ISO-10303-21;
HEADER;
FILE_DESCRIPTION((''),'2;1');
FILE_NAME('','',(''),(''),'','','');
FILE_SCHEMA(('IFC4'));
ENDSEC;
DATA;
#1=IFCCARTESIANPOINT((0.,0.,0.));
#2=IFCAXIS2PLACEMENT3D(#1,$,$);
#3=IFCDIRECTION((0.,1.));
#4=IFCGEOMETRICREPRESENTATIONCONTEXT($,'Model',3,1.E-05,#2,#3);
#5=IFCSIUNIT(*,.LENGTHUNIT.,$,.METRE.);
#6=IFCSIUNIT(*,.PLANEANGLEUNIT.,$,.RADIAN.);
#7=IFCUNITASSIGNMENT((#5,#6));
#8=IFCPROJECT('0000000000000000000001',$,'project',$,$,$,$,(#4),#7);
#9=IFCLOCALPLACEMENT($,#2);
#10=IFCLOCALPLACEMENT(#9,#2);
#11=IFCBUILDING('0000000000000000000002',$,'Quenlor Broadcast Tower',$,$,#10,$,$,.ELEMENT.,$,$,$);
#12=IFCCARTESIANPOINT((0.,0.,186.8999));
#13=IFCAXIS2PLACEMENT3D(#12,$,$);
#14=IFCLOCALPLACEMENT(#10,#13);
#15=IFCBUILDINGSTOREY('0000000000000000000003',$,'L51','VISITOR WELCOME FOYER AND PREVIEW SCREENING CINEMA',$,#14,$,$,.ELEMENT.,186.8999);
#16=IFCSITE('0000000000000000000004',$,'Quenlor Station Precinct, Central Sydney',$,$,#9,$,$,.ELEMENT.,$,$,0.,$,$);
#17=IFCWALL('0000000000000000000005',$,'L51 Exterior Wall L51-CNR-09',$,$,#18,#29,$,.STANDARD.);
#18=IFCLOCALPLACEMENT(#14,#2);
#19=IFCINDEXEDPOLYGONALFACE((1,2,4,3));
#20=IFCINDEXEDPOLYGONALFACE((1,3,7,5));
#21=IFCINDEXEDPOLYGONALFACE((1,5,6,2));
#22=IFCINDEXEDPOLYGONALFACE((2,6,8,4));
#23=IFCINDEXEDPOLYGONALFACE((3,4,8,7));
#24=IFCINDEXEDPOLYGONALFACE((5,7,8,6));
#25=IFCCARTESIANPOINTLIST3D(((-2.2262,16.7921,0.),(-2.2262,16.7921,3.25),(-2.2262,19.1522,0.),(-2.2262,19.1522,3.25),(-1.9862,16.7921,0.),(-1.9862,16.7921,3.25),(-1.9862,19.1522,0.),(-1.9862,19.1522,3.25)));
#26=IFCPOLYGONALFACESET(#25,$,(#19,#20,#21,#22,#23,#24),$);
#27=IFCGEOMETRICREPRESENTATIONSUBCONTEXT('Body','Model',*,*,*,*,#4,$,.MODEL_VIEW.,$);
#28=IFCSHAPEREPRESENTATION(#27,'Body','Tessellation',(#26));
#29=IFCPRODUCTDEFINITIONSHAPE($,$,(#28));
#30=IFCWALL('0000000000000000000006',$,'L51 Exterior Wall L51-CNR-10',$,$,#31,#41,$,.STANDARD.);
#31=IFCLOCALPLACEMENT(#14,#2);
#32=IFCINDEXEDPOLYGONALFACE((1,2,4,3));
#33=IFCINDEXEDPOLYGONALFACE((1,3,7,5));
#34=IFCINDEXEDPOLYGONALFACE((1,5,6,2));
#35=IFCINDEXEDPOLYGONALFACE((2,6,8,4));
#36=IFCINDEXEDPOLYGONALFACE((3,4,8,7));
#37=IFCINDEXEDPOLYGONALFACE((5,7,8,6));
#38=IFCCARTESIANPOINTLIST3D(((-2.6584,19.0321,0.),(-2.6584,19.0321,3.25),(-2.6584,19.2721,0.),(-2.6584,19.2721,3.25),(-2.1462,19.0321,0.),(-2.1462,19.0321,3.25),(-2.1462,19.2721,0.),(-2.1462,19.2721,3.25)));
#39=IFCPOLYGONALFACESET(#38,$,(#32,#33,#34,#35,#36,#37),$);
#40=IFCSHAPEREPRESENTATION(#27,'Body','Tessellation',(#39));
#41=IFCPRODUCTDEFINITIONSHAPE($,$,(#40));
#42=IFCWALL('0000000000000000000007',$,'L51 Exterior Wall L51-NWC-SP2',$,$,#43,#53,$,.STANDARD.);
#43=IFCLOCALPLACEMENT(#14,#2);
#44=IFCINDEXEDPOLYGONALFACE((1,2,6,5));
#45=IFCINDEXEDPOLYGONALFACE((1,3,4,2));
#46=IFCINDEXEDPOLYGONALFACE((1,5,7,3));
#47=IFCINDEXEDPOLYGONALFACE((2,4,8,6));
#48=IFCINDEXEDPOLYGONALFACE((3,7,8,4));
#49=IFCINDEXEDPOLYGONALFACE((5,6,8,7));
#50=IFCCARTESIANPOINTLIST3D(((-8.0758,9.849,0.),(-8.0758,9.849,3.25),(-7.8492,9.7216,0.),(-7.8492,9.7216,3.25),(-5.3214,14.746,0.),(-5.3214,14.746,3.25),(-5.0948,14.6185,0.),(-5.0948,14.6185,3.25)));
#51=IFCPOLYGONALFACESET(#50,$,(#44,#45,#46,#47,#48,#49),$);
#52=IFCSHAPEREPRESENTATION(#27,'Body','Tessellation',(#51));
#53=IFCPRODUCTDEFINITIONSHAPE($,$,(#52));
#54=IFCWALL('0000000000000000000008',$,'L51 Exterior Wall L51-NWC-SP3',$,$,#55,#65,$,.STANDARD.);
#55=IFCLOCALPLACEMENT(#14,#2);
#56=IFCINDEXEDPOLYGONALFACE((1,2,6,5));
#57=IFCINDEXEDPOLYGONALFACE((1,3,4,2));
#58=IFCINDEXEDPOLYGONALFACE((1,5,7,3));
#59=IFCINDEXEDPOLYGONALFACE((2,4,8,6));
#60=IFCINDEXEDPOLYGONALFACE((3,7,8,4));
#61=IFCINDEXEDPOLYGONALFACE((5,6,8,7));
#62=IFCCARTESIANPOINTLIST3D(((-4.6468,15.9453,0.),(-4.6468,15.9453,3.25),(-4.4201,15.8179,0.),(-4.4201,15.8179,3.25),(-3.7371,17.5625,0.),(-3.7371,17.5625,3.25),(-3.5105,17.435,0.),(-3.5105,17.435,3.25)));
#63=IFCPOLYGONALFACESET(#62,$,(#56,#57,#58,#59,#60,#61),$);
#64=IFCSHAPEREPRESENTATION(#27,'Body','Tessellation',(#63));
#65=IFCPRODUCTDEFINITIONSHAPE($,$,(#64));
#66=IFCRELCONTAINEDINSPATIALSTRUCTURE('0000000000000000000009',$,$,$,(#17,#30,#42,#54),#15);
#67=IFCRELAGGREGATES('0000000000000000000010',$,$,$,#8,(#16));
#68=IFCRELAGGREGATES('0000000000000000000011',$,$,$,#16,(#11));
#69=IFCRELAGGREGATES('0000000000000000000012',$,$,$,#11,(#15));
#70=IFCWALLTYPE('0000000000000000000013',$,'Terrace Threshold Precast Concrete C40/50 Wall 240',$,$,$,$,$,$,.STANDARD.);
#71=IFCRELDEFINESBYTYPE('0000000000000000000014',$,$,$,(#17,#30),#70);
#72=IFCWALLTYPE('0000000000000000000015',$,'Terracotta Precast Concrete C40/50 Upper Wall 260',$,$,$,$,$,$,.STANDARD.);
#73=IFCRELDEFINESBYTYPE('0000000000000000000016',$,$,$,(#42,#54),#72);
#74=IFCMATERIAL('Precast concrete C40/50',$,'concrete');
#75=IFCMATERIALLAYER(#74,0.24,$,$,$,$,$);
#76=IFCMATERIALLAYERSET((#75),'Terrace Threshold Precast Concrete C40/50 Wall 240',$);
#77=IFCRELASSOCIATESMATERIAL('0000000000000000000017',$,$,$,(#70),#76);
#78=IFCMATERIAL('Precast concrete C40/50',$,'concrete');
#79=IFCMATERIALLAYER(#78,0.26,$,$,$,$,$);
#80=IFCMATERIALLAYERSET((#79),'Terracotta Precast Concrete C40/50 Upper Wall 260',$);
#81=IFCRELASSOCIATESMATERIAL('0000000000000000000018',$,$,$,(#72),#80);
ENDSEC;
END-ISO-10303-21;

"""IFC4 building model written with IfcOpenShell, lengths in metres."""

from ifc_helpers import new_model, si_unit, direction, frame, frame_2d, origin, place, context, subcontext, project, spatial, rectangle, extrude, material, layer, layer_set, type_object, element, save


model = new_model("IFC4")

# Units and contexts
model_context = context("Model", 3, precision=1e-05, world=origin(), true_north=direction((0.0, 1.0)))
body_context = subcontext(model_context, "Body", "Model", "MODEL_VIEW")
ifc_project = project(units=[si_unit("LENGTHUNIT", "METRE"), si_unit("PLANEANGLEUNIT", "RADIAN")], contexts=[model_context])

# Site, building, storey
site_placement = place(None, origin())
site = spatial("IfcSite", under=ifc_project, at=site_placement, Name="Quenlor Station Precinct, Central Sydney", CompositionType="ELEMENT", RefElevation=0.0)
building_placement = place(site_placement, origin())
building = spatial("IfcBuilding", under=site, at=building_placement, Name="Quenlor Broadcast Tower", CompositionType="ELEMENT")
storey_placement = place(building_placement, frame((0.0, 0.0, 186.8999)))
storey = spatial("IfcBuildingStorey", under=building, at=storey_placement, Name="L51", Description="VISITOR WELCOME FOYER AND PREVIEW SCREENING CINEMA", CompositionType="ELEMENT", Elevation=186.8999)

# Walls
ifc_material_1 = material(Name="Precast concrete C40/50", Category="concrete")
ifc_layer_1 = layer(ifc_material_1, 0.24)
ifc_layer_set_1 = layer_set([ifc_layer_1], Name="Terrace Threshold Precast Concrete C40/50 Wall 240")
wall_type_1 = type_object("IfcWallType", Name="Terrace Threshold Precast Concrete C40/50 Wall 240", PredefinedType="STANDARD", material=ifc_layer_set_1)
wall_1_placement = place(storey_placement, frame((-2.1062, 16.792, 0.0), z_axis=(0.0, 0.0, 1.0), x_axis=(0.0, 1.0, 0.0)))
element("IfcWall", 1, at=wall_1_placement, inside=storey, type_object=wall_type_1, Name="L51 Exterior Wall L51-CNR-09", PredefinedType="STANDARD", context=body_context, shape_type="SweptSolid", body=[
    extrude(rectangle(XDim=2.3601, YDim=0.24, at=frame_2d((1.1802, 0.0))), origin(), (0.0, 0.0, 1.0), 3.25),
])
wall_2_placement = place(storey_placement, frame((-2.1462, 19.1521, 0.0), z_axis=(0.0, 0.0, 1.0), x_axis=(-1.0, 0.0, 0.0)))
element("IfcWall", 2, at=wall_2_placement, inside=storey, type_object=wall_type_1, Name="L51 Exterior Wall L51-CNR-10", PredefinedType="STANDARD", context=body_context, shape_type="SweptSolid", body=[
    extrude(rectangle(XDim=0.5122, YDim=0.24, at=frame_2d((0.2561, 0.0))), origin(), (0.0, 0.0, 1.0), 3.25),
])
ifc_material_2 = material(Name="Precast concrete C40/50", Category="concrete")
ifc_layer_2 = layer(ifc_material_2, 0.26)
ifc_layer_set_2 = layer_set([ifc_layer_2], Name="Terracotta Precast Concrete C40/50 Upper Wall 260")
wall_type_2 = type_object("IfcWallType", Name="Terracotta Precast Concrete C40/50 Upper Wall 260", PredefinedType="STANDARD", material=ifc_layer_set_2)
wall_3_placement = place(storey_placement, frame((-7.9624, 9.7854, 0.0), z_axis=(0.0, 0.0, 1.0), x_axis=(0.490241, 0.871587, 0.0)))
element("IfcWall", 3, at=wall_3_placement, inside=storey, type_object=wall_type_2, Name="L51 Exterior Wall L51-NWC-SP2", PredefinedType="STANDARD", context=body_context, shape_type="SweptSolid", body=[
    extrude(rectangle(XDim=5.6184, YDim=0.26, at=frame_2d((2.8091, 0.0))), origin(), (0.0, 0.0, 1.0), 3.25),
])
wall_4_placement = place(storey_placement, frame((-4.5334, 15.8816, 0.0), z_axis=(0.0, 0.0, 1.0), x_axis=(0.490261, 0.871576, 0.0)))
element("IfcWall", 4, at=wall_4_placement, inside=storey, type_object=wall_type_2, Name="L51 Exterior Wall L51-NWC-SP3", PredefinedType="STANDARD", context=body_context, shape_type="SweptSolid", body=[
    extrude(rectangle(XDim=1.8555, YDim=0.26, at=frame_2d((0.9277, 0.0))), origin(), (0.0, 0.0, 1.0), 3.25),
])

save(model, "model.ifc")
